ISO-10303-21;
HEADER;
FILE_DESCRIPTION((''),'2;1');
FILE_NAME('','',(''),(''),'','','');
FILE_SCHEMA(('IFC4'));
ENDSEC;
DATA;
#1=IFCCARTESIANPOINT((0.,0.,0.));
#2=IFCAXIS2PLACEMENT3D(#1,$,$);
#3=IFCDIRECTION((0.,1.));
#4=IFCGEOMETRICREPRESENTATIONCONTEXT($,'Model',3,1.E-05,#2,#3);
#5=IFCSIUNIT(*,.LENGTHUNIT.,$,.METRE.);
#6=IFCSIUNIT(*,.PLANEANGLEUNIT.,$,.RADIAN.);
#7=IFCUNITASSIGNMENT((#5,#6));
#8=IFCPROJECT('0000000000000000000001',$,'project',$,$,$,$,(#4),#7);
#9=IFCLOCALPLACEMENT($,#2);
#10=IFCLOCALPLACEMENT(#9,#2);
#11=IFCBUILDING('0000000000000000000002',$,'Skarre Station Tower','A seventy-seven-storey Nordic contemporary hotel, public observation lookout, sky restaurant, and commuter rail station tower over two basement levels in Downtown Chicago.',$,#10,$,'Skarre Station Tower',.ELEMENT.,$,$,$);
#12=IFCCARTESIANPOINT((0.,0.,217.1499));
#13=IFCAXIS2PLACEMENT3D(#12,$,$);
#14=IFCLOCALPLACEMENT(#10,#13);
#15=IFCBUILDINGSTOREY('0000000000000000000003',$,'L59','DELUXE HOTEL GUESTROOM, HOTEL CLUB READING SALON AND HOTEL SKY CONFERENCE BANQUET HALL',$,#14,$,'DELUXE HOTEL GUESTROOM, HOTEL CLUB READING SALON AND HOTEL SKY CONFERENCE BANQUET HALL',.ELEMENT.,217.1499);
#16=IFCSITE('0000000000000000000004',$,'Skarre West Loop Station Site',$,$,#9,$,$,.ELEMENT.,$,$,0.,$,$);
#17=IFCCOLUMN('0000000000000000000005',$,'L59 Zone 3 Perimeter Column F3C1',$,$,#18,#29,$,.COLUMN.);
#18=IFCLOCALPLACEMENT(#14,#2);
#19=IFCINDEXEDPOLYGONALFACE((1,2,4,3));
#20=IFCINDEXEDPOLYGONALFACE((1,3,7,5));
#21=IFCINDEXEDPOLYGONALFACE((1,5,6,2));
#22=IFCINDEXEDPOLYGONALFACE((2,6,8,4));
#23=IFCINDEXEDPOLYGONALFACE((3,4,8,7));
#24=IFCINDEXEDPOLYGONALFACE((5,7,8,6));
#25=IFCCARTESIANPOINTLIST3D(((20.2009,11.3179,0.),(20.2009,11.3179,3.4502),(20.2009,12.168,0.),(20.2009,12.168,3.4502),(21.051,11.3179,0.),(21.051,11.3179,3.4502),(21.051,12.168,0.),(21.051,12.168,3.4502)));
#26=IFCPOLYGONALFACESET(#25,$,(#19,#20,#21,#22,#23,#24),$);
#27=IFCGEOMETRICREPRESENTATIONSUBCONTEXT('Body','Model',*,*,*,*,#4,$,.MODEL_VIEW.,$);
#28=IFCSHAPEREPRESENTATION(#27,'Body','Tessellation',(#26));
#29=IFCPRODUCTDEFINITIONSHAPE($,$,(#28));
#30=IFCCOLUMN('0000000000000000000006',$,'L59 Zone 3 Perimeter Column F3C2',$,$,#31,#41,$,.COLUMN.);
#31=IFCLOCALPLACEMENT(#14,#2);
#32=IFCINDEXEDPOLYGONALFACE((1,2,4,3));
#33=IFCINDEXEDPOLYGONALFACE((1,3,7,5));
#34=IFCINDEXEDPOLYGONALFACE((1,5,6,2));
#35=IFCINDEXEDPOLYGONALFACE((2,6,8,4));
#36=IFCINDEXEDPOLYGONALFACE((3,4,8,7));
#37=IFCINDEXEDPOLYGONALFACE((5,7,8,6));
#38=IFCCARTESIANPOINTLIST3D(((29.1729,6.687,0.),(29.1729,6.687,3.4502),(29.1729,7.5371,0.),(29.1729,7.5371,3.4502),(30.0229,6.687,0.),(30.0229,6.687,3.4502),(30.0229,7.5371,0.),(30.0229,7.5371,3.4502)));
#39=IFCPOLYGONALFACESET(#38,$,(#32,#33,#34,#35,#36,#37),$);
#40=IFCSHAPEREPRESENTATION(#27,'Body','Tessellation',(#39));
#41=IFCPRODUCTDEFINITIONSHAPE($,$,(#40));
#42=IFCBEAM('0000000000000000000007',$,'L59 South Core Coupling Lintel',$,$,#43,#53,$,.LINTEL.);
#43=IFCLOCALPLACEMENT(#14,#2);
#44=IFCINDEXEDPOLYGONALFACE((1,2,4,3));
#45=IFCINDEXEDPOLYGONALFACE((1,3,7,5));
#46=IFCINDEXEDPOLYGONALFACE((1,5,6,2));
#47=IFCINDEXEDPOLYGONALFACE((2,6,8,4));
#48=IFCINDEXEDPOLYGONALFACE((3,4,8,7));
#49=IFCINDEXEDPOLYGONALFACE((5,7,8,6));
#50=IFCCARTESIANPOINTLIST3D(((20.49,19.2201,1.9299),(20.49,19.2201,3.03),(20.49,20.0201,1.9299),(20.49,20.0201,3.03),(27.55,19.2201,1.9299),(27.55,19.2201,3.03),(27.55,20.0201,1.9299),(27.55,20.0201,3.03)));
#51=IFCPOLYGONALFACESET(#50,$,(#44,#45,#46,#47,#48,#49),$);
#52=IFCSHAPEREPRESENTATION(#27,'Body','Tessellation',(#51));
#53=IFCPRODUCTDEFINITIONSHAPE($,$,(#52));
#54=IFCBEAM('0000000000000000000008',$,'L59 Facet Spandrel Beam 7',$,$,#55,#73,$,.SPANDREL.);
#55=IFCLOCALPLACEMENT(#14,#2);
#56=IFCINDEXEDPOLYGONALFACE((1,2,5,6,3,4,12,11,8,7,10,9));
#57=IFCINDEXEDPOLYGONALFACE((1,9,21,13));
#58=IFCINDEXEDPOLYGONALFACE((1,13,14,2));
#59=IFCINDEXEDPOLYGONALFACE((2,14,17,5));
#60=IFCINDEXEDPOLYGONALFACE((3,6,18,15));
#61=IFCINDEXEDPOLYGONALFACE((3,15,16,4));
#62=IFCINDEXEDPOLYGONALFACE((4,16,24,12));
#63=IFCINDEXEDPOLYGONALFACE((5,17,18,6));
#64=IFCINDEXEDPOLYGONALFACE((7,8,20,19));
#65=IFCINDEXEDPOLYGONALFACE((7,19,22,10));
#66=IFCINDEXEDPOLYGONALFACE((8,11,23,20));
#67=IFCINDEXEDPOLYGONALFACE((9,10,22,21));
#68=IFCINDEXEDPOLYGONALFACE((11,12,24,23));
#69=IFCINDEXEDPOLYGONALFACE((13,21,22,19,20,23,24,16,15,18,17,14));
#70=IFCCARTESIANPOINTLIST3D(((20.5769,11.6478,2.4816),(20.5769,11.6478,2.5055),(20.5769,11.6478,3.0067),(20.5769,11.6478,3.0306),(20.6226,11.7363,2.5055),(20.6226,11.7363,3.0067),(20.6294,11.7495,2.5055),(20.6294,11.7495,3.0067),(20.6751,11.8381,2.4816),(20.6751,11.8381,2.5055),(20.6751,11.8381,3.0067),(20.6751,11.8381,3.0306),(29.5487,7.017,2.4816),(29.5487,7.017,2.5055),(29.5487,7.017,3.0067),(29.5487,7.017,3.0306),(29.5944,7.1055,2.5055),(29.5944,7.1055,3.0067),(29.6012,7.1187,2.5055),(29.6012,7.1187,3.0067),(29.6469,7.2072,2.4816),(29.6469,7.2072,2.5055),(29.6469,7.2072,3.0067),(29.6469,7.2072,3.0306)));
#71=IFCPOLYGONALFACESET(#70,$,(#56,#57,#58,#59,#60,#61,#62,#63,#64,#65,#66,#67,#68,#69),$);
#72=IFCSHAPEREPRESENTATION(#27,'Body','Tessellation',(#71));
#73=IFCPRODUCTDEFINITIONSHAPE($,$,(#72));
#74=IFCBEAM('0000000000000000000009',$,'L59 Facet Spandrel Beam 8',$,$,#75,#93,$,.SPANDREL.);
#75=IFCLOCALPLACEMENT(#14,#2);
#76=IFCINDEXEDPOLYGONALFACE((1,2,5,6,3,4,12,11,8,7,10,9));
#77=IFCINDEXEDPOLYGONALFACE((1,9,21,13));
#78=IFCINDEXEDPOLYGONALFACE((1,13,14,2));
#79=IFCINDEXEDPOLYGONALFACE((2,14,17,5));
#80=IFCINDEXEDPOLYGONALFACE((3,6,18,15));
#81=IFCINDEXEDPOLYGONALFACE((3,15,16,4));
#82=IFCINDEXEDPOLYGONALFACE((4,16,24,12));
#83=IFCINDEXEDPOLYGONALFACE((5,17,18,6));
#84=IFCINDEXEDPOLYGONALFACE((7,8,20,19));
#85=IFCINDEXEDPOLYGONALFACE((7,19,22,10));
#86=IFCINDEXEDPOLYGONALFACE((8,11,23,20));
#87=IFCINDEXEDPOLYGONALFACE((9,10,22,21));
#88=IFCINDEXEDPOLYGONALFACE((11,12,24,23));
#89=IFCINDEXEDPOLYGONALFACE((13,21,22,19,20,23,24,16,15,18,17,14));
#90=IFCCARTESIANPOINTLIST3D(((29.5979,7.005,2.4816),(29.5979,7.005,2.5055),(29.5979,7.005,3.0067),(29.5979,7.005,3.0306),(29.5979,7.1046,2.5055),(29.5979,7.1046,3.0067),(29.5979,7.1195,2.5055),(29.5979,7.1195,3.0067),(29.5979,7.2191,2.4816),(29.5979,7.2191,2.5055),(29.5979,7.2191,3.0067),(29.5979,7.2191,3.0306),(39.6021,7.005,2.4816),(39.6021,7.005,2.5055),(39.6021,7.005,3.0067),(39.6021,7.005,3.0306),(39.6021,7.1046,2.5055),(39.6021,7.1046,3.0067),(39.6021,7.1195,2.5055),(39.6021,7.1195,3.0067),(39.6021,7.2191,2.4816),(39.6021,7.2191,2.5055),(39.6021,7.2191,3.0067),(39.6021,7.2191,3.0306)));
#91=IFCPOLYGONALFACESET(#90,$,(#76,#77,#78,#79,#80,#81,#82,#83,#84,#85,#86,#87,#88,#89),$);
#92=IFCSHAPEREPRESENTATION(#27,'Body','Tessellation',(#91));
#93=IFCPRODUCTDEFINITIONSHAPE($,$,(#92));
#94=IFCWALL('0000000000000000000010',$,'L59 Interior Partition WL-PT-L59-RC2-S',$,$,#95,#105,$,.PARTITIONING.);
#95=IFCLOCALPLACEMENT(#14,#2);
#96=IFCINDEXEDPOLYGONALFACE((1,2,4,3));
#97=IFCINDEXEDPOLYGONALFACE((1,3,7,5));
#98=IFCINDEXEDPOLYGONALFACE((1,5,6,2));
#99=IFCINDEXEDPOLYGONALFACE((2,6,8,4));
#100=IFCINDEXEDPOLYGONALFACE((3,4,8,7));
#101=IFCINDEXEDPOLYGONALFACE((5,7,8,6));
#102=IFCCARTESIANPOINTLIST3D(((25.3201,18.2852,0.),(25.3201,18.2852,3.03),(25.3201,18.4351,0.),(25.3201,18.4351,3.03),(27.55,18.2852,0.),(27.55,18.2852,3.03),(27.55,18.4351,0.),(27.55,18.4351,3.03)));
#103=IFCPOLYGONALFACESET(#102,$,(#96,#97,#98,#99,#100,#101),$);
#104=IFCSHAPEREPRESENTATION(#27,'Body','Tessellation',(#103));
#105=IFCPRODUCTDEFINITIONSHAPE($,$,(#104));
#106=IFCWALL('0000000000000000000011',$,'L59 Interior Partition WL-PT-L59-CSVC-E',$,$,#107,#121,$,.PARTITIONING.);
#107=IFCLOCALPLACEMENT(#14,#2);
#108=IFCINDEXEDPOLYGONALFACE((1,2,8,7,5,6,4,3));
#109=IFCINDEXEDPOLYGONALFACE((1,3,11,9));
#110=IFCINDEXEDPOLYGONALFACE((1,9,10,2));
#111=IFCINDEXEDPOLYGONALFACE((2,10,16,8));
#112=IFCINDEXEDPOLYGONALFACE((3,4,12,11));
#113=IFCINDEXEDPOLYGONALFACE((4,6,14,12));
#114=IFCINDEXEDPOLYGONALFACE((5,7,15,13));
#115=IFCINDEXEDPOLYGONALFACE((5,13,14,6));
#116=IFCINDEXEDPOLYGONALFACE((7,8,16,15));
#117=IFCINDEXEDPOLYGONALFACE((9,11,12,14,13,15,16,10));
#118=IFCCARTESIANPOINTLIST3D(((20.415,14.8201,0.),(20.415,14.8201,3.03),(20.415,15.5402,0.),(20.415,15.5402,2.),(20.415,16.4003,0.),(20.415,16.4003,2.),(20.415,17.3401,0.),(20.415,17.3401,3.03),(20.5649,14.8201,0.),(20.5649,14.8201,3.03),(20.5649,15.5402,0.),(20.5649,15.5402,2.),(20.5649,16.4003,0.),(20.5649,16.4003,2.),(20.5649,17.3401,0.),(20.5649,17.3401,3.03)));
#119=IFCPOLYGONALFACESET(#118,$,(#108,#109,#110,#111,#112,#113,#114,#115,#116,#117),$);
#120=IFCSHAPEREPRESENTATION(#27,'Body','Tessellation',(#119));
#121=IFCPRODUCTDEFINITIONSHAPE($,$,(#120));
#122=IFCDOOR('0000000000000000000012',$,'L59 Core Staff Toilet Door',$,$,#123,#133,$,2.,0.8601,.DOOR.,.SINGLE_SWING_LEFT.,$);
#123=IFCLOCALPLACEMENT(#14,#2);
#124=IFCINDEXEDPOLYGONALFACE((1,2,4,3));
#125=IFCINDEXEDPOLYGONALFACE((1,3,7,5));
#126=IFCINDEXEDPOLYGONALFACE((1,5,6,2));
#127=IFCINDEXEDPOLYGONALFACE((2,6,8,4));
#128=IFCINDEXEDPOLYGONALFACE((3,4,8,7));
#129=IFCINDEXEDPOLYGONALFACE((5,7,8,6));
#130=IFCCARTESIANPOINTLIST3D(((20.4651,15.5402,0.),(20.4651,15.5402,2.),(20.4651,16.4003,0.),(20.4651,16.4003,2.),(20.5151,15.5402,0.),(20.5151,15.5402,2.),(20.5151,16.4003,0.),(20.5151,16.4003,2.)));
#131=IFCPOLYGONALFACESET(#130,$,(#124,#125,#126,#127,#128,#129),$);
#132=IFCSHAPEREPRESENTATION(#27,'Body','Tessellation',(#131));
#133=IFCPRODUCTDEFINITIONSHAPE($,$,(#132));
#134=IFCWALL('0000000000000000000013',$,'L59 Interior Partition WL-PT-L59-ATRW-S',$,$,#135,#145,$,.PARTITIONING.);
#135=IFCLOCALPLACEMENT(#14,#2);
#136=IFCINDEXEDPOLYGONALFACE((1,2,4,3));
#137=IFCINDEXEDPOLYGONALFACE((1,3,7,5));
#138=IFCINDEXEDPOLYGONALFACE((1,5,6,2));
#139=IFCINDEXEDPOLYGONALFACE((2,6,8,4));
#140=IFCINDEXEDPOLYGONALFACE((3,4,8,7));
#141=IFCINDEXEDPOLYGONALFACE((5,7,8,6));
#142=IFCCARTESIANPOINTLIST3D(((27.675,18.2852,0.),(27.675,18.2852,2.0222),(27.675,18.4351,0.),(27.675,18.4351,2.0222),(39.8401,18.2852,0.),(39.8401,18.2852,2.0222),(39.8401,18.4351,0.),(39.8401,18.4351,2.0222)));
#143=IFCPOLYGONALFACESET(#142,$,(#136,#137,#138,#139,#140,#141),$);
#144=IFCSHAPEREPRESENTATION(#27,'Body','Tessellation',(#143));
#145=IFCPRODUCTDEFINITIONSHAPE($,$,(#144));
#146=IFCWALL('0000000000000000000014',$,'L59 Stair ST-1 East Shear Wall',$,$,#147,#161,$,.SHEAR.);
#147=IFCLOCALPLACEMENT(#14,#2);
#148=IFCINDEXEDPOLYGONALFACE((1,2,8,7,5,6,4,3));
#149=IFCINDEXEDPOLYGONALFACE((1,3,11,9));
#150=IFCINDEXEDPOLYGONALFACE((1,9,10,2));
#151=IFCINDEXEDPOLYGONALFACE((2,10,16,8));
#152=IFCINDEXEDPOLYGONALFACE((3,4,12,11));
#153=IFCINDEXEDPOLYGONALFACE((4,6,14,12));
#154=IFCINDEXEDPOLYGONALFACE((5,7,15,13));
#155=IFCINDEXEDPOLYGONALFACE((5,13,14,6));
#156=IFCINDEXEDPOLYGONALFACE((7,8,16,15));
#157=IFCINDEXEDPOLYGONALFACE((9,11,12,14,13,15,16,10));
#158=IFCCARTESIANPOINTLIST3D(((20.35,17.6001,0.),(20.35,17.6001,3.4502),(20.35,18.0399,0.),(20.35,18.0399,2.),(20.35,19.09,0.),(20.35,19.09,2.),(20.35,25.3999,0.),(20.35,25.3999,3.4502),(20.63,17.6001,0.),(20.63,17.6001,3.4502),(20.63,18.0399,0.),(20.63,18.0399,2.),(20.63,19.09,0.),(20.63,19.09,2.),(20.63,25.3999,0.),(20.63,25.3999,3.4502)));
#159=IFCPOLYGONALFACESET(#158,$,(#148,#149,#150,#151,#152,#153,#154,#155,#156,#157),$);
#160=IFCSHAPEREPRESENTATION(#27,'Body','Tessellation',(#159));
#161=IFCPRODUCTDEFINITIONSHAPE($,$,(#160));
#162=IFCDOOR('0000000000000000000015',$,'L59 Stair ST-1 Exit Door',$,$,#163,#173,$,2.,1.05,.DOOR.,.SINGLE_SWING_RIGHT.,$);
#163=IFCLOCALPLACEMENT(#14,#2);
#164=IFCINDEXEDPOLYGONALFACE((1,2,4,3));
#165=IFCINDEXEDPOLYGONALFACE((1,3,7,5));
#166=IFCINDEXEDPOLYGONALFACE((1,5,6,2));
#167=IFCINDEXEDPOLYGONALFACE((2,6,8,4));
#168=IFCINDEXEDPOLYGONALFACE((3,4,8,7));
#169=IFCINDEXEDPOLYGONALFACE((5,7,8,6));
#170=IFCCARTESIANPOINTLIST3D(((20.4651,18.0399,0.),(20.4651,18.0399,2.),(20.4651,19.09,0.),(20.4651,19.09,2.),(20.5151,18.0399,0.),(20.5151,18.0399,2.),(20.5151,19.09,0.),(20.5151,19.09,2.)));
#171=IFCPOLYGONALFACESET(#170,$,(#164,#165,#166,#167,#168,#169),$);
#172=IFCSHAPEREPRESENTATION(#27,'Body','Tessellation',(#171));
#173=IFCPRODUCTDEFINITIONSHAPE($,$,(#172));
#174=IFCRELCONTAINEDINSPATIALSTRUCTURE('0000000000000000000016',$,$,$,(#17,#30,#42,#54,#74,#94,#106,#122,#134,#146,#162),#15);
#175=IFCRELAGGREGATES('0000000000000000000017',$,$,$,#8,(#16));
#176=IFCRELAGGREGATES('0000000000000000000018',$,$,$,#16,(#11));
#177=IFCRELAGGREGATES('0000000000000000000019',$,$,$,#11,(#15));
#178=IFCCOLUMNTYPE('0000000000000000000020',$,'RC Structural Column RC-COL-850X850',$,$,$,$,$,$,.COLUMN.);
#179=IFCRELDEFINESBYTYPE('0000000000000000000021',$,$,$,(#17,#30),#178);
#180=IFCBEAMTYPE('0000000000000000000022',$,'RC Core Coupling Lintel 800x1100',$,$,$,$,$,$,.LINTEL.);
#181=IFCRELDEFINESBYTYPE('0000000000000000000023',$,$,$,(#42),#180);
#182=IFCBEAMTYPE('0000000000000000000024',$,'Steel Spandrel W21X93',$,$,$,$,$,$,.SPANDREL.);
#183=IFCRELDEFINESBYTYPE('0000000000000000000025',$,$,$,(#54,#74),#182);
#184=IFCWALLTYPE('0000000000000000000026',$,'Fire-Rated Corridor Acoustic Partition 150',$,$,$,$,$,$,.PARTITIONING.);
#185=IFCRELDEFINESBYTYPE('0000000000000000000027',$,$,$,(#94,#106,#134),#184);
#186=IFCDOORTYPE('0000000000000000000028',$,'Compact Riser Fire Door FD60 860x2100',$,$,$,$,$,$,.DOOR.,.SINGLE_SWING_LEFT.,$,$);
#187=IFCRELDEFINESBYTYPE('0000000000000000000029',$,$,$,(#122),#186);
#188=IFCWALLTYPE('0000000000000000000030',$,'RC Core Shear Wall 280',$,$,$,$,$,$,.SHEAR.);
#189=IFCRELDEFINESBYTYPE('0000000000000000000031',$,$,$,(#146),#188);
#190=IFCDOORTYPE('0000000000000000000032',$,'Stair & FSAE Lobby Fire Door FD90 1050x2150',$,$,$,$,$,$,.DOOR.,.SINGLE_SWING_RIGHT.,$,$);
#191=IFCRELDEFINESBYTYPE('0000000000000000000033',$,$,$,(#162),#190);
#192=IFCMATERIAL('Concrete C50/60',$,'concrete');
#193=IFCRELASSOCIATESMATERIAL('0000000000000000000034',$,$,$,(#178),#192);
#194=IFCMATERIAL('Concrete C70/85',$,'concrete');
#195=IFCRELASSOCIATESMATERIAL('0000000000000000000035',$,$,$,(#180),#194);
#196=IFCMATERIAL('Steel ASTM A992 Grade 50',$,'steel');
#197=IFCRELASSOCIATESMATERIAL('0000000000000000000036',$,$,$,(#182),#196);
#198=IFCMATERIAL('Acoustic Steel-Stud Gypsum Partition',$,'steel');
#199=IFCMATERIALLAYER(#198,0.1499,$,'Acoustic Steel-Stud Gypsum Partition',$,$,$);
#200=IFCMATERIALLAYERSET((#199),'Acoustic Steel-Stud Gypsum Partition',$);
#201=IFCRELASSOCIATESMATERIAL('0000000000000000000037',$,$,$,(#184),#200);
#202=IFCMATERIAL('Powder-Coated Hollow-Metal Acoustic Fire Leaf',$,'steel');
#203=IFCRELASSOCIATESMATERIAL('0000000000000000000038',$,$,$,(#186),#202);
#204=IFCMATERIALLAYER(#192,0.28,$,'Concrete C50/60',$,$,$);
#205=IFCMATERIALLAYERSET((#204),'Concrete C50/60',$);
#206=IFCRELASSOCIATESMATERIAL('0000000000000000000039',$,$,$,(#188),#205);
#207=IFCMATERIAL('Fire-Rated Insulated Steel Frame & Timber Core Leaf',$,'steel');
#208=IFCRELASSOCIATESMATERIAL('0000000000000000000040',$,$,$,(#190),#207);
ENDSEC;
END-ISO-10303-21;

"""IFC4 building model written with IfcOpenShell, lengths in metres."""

from ifc_helpers import new_model, si_unit, direction, frame, frame_2d, origin, origin_2d, place, context, subcontext, project, spatial, rectangle, i_section, extrude, material, layer, layer_set, material_profile, profile_set, type_object, element, fill, save


model = new_model("IFC4")

# Units and contexts
model_context = context("Model", 3, precision=1e-05, world=origin(), true_north=direction((0.0, 1.0)))
body_context = subcontext(model_context, "Body", "Model", "MODEL_VIEW")
ifc_project = project(units=[si_unit("LENGTHUNIT", "METRE"), si_unit("PLANEANGLEUNIT", "RADIAN")], contexts=[model_context])

# Site, building, storey
site_placement = place(None, origin())
site = spatial("IfcSite", under=ifc_project, at=site_placement, Name="Skarre West Loop Station Site", CompositionType="ELEMENT", RefElevation=0.0)
building_placement = place(site_placement, origin())
building = spatial("IfcBuilding", under=site, at=building_placement, Name="Skarre Station Tower", Description="A seventy-seven-storey Nordic contemporary hotel, public observation lookout, sky restaurant, and commuter rail station tower over two basement levels in Downtown Chicago.", LongName="Skarre Station Tower", CompositionType="ELEMENT")
storey_placement = place(building_placement, frame((0.0, 0.0, 217.1499)))
storey = spatial("IfcBuildingStorey", under=building, at=storey_placement, Name="L59", Description="DELUXE HOTEL GUESTROOM, HOTEL CLUB READING SALON AND HOTEL SKY CONFERENCE BANQUET HALL", LongName="DELUXE HOTEL GUESTROOM, HOTEL CLUB READING SALON AND HOTEL SKY CONFERENCE BANQUET HALL", CompositionType="ELEMENT", Elevation=217.1499)

# Columns
ifc_material_1 = material(Name="Concrete C50/60", Category="concrete")
ifc_material_profile_1 = material_profile(ifc_material_1, rectangle(XDim=0.8501, YDim=0.8501, at=origin_2d()), Name="Concrete C50/60")
ifc_profile_set_1 = profile_set([ifc_material_profile_1], Name="Concrete C50/60")
column_type = type_object("IfcColumnType", Name="RC Structural Column RC-COL-850X850", PredefinedType="COLUMN", material=ifc_profile_set_1)
for number, where, z_axis, x_axis, name in (
    (1, (20.626, 11.7429, 0.0), (0.0, 0.0, 1.0), (1.0, 0.0, 0.0), "L59 Zone 3 Perimeter Column F3C1"),
    (2, (29.5979, 7.1121, 0.0), (0.0, 0.0, 1.0), (1.0, 0.0, 0.0), "L59 Zone 3 Perimeter Column F3C2"),
):
    element("IfcColumn", number, at=place(storey_placement, frame(where, z_axis=z_axis, x_axis=x_axis)), inside=storey, type_object=column_type, Name=name, PredefinedType="COLUMN", context=body_context, shape_type="SweptSolid", body=[
        extrude(rectangle(XDim=0.8501, YDim=0.8501, at=origin_2d()), origin(), (0.0, 0.0, 1.0), 3.4502),
    ])

# Beams
ifc_material_2 = material(Name="Concrete C70/85", Category="concrete")
ifc_material_profile_2 = material_profile(ifc_material_2, rectangle(XDim=0.8, YDim=1.1001, at=origin_2d()), Name="Concrete C70/85")
ifc_profile_set_2 = profile_set([ifc_material_profile_2], Name="Concrete C70/85")
beam_type_1 = type_object("IfcBeamType", Name="RC Core Coupling Lintel 800x1100", PredefinedType="LINTEL", material=ifc_profile_set_2)
beam_1_placement = place(storey_placement, frame((20.49, 19.6201, 2.48), z_axis=(1.0, 0.0, 0.0), x_axis=(0.0, 1.0, 0.0)))
element("IfcBeam", 3, at=beam_1_placement, inside=storey, type_object=beam_type_1, Name="L59 South Core Coupling Lintel", PredefinedType="LINTEL", context=body_context, shape_type="SweptSolid", body=[
    extrude(rectangle(XDim=0.8, YDim=1.1001, at=origin_2d()), origin(), (0.0, 0.0, 1.0), 7.0601),
])
ifc_material_3 = material(Name="Steel ASTM A992 Grade 50", Category="steel")
ifc_material_profile_3 = material_profile(ifc_material_3, i_section(OverallWidth=0.2141, OverallDepth=0.5491, WebThickness=0.0149, FlangeThickness=0.0239, at=origin_2d()), Name="Steel ASTM A992 Grade 50")
ifc_profile_set_3 = profile_set([ifc_material_profile_3], Name="Steel ASTM A992 Grade 50")
beam_type_2 = type_object("IfcBeamType", Name="Steel Spandrel W21X93", PredefinedType="SPANDREL", material=ifc_profile_set_3)
beam_2_placement = place(storey_placement, frame((20.626, 11.7429, 2.7561), z_axis=(0.888613, -0.458658, 0.0), x_axis=(0.458658, 0.888613, 0.0)))
element("IfcBeam", 4, at=beam_2_placement, inside=storey, type_object=beam_type_2, Name="L59 Facet Spandrel Beam 7", PredefinedType="SPANDREL", context=body_context, shape_type="SweptSolid", body=[
    extrude(i_section(OverallWidth=0.2141, OverallDepth=0.5491, WebThickness=0.0149, FlangeThickness=0.0239, at=origin_2d()), origin(), (0.0, 0.0, 1.0), 10.0964),
])
beam_3_placement = place(storey_placement, frame((29.5979, 7.1121, 2.7561), z_axis=(1.0, 0.0, 0.0), x_axis=(0.0, 1.0, 0.0)))
element("IfcBeam", 5, at=beam_3_placement, inside=storey, type_object=beam_type_2, Name="L59 Facet Spandrel Beam 8", PredefinedType="SPANDREL", context=body_context, shape_type="SweptSolid", body=[
    extrude(i_section(OverallWidth=0.2141, OverallDepth=0.5491, WebThickness=0.0149, FlangeThickness=0.0239, at=origin_2d()), origin(), (0.0, 0.0, 1.0), 10.0042),
])

# Wall
ifc_material_4 = material(Name="Acoustic Steel-Stud Gypsum Partition", Category="steel")
ifc_layer_1 = layer(ifc_material_4, 0.1499, Name="Acoustic Steel-Stud Gypsum Partition")
ifc_layer_set_1 = layer_set([ifc_layer_1], Name="Acoustic Steel-Stud Gypsum Partition")
wall_type_1 = type_object("IfcWallType", Name="Fire-Rated Corridor Acoustic Partition 150", PredefinedType="PARTITIONING", material=ifc_layer_set_1)
wall_1_placement = place(storey_placement, frame((25.3201, 18.3601, 0.0), z_axis=(0.0, 0.0, 1.0), x_axis=(1.0, 0.0, 0.0)))
element("IfcWall", 6, at=wall_1_placement, inside=storey, type_object=wall_type_1, Name="L59 Interior Partition WL-PT-L59-RC2-S", PredefinedType="PARTITIONING", context=body_context, shape_type="SweptSolid", body=[
    extrude(rectangle(XDim=2.23, YDim=0.1499, at=frame_2d((1.115, 0.0))), origin(), (0.0, 0.0, 1.0), 3.03),
])

# Wall, opening, door
wall_2_placement = place(storey_placement, frame((20.49, 14.8201, 0.0), z_axis=(0.0, 0.0, 1.0), x_axis=(0.0, 1.0, 0.0)))
wall_2 = element("IfcWall", 7, at=wall_2_placement, inside=storey, type_object=wall_type_1, Name="L59 Interior Partition WL-PT-L59-CSVC-E", PredefinedType="PARTITIONING", context=body_context, shape_type="SweptSolid", body=[
    extrude(rectangle(XDim=2.52, YDim=0.1499, at=frame_2d((1.26, 0.0))), origin(), (0.0, 0.0, 1.0), 3.03),
])
opening_1_placement = place(wall_2_placement, frame((0.72, 0.0, 0.0)))
opening_1 = element("IfcOpeningElement", 8, at=opening_1_placement, cuts=wall_2, PredefinedType="OPENING", context=body_context, shape_type="SweptSolid", body=[
    extrude(rectangle(XDim=0.8601, YDim=2.0, at=frame_2d((0.4302, 1.0))), frame((0.0, 0.085, 0.0), z_axis=(0.0, -1.0, 0.0), x_axis=(1.0, 0.0, 0.0)), (0.0, 0.0, 1.0), 0.1699),
])
ifc_material_5 = material(Name="Powder-Coated Hollow-Metal Acoustic Fire Leaf", Category="steel")
door_type_1 = type_object("IfcDoorType", Name="Compact Riser Fire Door FD60 860x2100", OperationType="SINGLE_SWING_LEFT", PredefinedType="DOOR", material=ifc_material_5)
door_1_placement = place(opening_1_placement, origin())
door_1 = element("IfcDoor", 9, at=door_1_placement, inside=storey, type_object=door_type_1, Name="L59 Core Staff Toilet Door", OperationType="SINGLE_SWING_LEFT", OverallHeight=2.0, OverallWidth=0.8601, PredefinedType="DOOR", context=body_context, shape_type="SweptSolid", body=[
    extrude(rectangle(XDim=0.8601, YDim=2.0, at=frame_2d((0.4302, 1.0))), frame((0.0, 0.0249, 0.0), z_axis=(0.0, -1.0, 0.0), x_axis=(1.0, 0.0, 0.0)), (0.0, 0.0, 1.0), 0.05),
])
fill(opening_1, door_1)

# Wall
wall_3_placement = place(storey_placement, frame((27.675, 18.3601, 0.0), z_axis=(0.0, 0.0, 1.0), x_axis=(1.0, 0.0, 0.0)))
element("IfcWall", 10, at=wall_3_placement, inside=storey, type_object=wall_type_1, Name="L59 Interior Partition WL-PT-L59-ATRW-S", PredefinedType="PARTITIONING", context=body_context, shape_type="SweptSolid", body=[
    extrude(rectangle(XDim=12.165, YDim=0.1499, at=frame_2d((6.0825, 0.0))), origin(), (0.0, 0.0, 1.0), 2.0222),
])

# Wall, opening, door
ifc_layer_2 = layer(ifc_material_1, 0.28, Name="Concrete C50/60")
ifc_layer_set_2 = layer_set([ifc_layer_2], Name="Concrete C50/60")
wall_type_2 = type_object("IfcWallType", Name="RC Core Shear Wall 280", PredefinedType="SHEAR", material=ifc_layer_set_2)
wall_4_placement = place(storey_placement, frame((20.49, 17.6001, 0.0), z_axis=(0.0, 0.0, 1.0), x_axis=(0.0, 1.0, 0.0)))
wall_4 = element("IfcWall", 11, at=wall_4_placement, inside=storey, type_object=wall_type_2, Name="L59 Stair ST-1 East Shear Wall", PredefinedType="SHEAR", context=body_context, shape_type="SweptSolid", body=[
    extrude(rectangle(XDim=7.7998, YDim=0.28, at=frame_2d((3.8999, 0.0))), origin(), (0.0, 0.0, 1.0), 3.4502),
])
opening_2_placement = place(wall_4_placement, frame((0.4399, 0.0, 0.0)))
opening_2 = element("IfcOpeningElement", 12, at=opening_2_placement, cuts=wall_4, PredefinedType="OPENING", context=body_context, shape_type="SweptSolid", body=[
    extrude(rectangle(XDim=1.05, YDim=2.0, at=frame_2d((0.5249, 1.0))), frame((0.0, 0.1499, 0.0), z_axis=(0.0, -1.0, 0.0), x_axis=(1.0, 0.0, 0.0)), (0.0, 0.0, 1.0), 0.3),
])
ifc_material_6 = material(Name="Fire-Rated Insulated Steel Frame & Timber Core Leaf", Category="steel")
door_type_2 = type_object("IfcDoorType", Name="Stair & FSAE Lobby Fire Door FD90 1050x2150", OperationType="SINGLE_SWING_RIGHT", PredefinedType="DOOR", material=ifc_material_6)
door_2_placement = place(opening_2_placement, origin())
door_2 = element("IfcDoor", 13, at=door_2_placement, inside=storey, type_object=door_type_2, Name="L59 Stair ST-1 Exit Door", OperationType="SINGLE_SWING_RIGHT", OverallHeight=2.0, OverallWidth=1.05, PredefinedType="DOOR", context=body_context, shape_type="SweptSolid", body=[
    extrude(rectangle(XDim=1.05, YDim=2.0, at=frame_2d((0.5249, 1.0))), frame((0.0, 0.0249, 0.0), z_axis=(0.0, -1.0, 0.0), x_axis=(1.0, 0.0, 0.0)), (0.0, 0.0, 1.0), 0.05),
])
fill(opening_2, door_2)

save(model, "model.ifc")
